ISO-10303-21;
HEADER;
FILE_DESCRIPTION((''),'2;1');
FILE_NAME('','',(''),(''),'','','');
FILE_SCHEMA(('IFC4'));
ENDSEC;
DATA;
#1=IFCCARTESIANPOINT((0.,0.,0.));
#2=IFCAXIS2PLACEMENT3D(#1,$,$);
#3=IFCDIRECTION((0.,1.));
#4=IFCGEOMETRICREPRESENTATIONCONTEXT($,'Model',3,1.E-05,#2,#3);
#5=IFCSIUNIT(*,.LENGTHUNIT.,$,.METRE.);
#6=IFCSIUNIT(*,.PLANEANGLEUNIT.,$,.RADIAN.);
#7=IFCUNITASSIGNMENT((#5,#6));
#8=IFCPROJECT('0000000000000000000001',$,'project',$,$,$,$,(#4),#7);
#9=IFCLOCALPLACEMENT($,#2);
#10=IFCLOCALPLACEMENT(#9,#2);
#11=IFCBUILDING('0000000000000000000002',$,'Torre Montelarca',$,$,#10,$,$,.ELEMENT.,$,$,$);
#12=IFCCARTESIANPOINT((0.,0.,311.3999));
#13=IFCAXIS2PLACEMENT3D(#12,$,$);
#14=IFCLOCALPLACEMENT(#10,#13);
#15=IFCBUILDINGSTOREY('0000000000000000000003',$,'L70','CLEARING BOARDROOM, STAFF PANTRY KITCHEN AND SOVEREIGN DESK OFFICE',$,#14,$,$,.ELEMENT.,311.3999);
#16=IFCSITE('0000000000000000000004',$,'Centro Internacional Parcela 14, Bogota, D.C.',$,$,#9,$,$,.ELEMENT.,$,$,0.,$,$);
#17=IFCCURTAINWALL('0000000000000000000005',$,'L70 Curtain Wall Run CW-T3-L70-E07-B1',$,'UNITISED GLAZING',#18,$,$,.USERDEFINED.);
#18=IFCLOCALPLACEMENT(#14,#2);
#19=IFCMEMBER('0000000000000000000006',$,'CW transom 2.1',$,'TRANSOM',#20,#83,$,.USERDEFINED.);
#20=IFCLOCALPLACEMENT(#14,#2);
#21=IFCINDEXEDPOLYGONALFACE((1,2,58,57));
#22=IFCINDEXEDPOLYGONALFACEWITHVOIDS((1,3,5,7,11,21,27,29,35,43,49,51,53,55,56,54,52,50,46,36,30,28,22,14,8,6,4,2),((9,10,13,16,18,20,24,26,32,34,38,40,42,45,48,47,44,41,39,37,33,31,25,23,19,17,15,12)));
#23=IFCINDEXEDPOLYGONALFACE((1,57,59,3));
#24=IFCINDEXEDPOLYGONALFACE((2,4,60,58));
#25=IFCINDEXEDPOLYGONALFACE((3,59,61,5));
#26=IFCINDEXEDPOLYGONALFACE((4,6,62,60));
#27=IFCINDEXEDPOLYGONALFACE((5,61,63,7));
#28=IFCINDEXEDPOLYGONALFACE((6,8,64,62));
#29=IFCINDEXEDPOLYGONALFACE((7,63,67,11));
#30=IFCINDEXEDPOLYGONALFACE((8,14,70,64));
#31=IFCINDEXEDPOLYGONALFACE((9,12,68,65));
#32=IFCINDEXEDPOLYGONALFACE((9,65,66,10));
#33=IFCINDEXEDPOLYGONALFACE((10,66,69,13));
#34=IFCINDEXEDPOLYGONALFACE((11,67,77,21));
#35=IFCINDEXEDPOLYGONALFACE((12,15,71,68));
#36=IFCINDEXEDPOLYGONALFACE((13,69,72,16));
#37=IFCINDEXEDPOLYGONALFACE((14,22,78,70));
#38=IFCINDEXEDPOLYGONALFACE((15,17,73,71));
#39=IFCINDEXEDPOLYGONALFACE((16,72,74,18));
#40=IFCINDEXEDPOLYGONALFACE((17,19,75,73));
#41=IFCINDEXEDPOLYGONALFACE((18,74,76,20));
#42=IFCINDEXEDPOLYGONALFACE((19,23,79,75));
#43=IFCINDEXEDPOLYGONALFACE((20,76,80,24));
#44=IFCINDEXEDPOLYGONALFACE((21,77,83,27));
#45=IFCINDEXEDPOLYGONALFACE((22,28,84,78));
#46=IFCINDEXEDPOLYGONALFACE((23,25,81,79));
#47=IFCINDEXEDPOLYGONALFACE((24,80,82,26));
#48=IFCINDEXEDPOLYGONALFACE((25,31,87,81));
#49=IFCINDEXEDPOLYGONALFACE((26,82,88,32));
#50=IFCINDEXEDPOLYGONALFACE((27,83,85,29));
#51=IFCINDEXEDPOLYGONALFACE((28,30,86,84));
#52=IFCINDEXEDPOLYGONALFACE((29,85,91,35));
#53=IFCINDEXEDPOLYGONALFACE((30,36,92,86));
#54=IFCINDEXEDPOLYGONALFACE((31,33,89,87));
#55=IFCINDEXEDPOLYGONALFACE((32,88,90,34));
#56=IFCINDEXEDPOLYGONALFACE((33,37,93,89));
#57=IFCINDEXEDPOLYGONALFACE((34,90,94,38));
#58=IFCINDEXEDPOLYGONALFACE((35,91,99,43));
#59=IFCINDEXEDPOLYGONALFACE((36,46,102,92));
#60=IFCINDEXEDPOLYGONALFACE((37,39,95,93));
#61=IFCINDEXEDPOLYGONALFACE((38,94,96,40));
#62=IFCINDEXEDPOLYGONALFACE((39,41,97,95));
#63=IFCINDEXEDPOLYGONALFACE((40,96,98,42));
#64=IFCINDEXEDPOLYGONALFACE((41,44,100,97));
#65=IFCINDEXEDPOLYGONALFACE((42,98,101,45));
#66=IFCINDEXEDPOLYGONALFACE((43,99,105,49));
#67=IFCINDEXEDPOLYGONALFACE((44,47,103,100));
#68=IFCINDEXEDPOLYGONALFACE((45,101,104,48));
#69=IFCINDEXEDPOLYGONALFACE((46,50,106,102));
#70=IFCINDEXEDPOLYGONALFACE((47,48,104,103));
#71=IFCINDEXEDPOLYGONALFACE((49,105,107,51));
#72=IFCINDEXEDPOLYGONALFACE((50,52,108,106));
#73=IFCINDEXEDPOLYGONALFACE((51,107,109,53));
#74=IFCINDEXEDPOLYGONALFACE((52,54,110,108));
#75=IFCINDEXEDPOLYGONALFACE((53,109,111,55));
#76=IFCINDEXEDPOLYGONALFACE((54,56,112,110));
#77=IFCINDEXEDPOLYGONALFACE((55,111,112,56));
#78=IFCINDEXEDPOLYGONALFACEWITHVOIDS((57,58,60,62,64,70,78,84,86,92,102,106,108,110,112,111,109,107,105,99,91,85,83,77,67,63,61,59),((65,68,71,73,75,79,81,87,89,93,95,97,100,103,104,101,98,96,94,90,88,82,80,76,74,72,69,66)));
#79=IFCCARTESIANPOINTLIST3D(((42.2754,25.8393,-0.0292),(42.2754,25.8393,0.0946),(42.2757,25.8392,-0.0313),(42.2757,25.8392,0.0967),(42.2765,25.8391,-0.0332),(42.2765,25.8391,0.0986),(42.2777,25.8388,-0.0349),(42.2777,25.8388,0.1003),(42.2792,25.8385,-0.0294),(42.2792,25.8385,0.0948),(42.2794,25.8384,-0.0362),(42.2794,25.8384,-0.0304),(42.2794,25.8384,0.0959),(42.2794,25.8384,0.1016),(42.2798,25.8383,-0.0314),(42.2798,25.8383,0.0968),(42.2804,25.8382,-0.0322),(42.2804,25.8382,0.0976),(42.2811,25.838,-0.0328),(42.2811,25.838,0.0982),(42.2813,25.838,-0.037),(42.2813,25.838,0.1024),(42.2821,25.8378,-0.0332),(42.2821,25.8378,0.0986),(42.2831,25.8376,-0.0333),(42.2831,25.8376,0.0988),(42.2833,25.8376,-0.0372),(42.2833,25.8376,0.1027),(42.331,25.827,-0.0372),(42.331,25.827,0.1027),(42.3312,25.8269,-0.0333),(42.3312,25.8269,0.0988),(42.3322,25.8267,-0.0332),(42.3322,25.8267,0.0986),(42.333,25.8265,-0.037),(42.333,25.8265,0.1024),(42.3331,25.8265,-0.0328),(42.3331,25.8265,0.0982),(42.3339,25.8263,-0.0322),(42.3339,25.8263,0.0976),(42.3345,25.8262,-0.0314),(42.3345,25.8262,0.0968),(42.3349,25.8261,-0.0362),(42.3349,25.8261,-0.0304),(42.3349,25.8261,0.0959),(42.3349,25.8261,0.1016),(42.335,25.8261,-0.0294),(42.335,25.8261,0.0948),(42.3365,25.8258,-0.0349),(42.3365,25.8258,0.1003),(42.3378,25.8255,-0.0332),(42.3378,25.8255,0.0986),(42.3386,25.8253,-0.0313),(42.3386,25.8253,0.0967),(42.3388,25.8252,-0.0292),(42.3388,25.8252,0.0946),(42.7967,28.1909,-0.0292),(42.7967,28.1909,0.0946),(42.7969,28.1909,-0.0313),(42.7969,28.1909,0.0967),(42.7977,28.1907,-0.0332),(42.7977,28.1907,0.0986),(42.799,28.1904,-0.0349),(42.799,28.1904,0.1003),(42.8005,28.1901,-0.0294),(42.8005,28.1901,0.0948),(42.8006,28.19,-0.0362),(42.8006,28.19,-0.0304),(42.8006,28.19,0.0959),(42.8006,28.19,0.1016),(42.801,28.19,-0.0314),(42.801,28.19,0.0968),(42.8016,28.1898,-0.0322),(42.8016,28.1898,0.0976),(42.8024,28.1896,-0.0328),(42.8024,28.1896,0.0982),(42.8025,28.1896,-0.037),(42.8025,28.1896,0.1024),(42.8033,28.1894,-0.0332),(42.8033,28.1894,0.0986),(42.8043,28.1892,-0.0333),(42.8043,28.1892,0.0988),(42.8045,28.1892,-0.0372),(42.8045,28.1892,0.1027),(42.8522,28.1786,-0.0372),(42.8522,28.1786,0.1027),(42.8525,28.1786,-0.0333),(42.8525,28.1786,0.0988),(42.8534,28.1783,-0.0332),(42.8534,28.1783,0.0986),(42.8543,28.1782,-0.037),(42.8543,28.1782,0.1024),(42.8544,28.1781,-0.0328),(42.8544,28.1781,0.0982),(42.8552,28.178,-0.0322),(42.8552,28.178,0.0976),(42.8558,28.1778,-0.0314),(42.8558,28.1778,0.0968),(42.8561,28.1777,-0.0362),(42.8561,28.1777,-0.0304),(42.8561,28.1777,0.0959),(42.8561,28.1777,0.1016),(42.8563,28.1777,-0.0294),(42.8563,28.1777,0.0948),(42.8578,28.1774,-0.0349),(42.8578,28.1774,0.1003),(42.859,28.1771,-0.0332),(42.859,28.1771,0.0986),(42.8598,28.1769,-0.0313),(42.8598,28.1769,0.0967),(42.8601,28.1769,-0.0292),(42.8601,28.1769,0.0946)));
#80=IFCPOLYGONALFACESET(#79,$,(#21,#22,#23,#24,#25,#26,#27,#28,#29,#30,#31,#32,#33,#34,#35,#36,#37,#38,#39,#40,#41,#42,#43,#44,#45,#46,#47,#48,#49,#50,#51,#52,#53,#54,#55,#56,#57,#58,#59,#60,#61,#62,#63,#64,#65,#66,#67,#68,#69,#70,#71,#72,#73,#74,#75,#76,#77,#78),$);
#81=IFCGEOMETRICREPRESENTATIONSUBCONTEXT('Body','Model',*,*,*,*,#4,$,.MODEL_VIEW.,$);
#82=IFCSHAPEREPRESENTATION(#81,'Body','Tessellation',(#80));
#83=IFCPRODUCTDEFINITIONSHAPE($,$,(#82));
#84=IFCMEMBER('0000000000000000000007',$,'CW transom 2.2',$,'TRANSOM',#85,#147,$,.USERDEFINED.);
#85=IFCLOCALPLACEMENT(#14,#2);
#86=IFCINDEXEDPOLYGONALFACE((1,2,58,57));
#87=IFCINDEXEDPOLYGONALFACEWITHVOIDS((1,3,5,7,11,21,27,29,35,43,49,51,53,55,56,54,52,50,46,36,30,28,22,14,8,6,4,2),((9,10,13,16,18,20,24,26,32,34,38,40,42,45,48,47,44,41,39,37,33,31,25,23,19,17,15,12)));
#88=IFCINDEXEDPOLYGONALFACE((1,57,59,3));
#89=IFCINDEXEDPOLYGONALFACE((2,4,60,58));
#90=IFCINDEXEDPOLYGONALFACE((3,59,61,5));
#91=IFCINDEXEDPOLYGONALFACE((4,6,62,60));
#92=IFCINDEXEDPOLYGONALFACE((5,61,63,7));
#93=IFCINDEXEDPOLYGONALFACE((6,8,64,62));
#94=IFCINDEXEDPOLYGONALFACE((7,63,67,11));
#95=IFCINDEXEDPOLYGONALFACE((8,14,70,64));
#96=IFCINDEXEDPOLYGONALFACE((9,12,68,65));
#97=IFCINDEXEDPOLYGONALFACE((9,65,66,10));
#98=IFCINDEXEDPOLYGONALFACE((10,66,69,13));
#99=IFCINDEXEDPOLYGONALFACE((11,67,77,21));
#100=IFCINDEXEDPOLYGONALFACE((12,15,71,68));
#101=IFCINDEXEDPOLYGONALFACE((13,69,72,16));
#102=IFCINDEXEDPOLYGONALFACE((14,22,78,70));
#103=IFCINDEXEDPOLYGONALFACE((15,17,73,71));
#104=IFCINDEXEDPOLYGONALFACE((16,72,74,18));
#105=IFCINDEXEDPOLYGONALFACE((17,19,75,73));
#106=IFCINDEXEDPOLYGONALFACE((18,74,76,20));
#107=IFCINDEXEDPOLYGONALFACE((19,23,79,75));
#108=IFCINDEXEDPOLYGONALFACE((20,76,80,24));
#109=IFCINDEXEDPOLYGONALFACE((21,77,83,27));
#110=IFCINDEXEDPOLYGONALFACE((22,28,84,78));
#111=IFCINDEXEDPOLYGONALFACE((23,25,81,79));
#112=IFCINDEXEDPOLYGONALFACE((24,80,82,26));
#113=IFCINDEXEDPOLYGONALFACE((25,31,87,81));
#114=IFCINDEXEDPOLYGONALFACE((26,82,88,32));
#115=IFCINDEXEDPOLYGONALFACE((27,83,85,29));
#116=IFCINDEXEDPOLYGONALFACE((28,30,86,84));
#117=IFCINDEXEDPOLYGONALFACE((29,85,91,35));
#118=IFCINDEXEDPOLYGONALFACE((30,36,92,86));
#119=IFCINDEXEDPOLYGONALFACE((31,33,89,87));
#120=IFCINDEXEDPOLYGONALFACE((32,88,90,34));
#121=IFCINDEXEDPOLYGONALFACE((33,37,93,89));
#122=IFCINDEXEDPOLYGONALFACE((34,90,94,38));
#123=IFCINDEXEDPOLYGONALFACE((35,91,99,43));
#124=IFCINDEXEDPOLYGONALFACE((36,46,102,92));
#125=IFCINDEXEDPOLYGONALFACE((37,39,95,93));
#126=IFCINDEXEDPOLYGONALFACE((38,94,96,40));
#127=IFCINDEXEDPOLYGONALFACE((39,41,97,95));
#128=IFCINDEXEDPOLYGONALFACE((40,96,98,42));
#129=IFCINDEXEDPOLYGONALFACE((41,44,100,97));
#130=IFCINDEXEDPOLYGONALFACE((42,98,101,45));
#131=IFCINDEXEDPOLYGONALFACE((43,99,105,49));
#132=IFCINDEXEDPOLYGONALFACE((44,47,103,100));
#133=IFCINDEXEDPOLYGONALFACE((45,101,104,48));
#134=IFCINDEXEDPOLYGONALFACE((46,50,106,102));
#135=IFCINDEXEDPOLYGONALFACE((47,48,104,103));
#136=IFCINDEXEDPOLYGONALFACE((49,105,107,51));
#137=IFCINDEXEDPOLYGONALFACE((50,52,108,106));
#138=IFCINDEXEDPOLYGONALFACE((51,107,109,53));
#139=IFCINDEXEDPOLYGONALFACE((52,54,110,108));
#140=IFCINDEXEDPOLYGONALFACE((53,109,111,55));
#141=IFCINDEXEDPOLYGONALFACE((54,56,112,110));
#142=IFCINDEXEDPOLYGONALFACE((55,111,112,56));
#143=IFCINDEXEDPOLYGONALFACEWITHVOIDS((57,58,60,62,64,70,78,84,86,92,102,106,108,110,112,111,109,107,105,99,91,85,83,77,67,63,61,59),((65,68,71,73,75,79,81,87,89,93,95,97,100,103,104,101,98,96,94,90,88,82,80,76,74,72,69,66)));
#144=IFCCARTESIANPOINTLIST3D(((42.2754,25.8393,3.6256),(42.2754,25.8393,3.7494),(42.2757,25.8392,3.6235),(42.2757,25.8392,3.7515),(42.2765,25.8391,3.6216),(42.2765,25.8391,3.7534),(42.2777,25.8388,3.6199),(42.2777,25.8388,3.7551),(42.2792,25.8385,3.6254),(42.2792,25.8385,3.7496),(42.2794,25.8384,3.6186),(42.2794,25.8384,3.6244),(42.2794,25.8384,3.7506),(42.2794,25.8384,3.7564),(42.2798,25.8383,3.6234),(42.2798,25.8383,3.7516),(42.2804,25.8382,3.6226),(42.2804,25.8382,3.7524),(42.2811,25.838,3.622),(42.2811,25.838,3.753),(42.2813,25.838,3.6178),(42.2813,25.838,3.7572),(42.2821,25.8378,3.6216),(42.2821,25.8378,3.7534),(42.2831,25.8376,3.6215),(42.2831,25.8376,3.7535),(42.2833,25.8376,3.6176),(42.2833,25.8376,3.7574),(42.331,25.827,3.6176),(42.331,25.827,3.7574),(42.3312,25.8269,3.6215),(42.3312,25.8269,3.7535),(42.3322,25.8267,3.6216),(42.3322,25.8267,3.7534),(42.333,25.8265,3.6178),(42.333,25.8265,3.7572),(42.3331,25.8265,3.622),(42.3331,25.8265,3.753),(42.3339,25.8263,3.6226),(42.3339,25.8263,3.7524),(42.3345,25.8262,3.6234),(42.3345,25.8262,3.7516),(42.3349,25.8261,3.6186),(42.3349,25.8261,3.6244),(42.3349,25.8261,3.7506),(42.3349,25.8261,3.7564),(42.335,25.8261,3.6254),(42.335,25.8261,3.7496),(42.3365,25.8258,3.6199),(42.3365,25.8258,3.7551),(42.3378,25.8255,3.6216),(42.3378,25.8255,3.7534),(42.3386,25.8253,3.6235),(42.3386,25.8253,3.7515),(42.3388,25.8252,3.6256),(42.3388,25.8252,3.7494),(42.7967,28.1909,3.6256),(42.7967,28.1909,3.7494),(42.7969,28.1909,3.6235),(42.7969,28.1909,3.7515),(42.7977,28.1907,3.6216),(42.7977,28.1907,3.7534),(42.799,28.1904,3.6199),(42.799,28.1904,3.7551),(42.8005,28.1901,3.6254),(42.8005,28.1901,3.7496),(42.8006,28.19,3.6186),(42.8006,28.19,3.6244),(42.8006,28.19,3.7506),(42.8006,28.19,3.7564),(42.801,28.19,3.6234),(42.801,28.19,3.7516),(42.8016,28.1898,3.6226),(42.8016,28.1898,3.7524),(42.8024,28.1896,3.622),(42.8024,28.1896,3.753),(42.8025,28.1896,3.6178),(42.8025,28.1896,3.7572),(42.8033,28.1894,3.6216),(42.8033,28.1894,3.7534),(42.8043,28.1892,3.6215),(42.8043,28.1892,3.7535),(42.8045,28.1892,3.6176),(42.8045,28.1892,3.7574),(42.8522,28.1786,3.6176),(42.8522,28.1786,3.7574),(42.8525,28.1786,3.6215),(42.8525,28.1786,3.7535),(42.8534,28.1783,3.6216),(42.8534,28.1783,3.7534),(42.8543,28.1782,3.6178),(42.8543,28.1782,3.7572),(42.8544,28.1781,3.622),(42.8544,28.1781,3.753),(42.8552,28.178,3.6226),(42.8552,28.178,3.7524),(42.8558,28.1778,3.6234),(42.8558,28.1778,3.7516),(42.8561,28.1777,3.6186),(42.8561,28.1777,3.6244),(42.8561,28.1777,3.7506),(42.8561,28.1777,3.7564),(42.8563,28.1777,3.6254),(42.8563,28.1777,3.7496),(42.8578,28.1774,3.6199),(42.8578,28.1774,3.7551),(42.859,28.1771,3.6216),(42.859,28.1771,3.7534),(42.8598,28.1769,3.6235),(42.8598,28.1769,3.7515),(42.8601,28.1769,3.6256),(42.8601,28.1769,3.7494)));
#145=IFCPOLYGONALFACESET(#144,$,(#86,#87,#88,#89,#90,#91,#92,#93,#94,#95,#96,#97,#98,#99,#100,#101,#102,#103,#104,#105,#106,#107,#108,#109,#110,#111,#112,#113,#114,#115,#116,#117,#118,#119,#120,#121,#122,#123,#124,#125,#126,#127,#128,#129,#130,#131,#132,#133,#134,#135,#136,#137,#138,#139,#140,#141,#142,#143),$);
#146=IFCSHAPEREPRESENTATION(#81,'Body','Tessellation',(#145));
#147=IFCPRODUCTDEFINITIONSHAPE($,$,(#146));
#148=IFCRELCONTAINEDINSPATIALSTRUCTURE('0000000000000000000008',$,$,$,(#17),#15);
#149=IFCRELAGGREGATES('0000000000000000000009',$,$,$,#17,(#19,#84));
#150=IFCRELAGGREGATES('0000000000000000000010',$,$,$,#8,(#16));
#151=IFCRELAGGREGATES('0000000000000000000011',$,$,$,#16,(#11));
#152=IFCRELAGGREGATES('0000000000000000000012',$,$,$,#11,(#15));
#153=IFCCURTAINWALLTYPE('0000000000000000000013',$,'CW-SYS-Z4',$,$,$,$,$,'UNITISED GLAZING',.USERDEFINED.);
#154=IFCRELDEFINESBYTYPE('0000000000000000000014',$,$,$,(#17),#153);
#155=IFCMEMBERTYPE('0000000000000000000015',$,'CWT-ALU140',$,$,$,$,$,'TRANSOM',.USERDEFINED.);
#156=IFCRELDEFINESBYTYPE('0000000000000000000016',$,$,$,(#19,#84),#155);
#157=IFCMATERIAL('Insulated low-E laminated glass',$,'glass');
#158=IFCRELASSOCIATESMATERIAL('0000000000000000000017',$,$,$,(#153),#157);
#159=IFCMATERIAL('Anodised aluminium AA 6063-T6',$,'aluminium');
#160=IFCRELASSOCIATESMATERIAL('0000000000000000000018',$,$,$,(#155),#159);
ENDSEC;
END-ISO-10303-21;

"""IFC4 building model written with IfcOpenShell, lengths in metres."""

from ifc_helpers import new_model, si_unit, direction, frame, origin, origin_2d, place, context, subcontext, project, spatial, hollow_rectangle, extrude, source, transform, mapped, material, material_profile, profile_set, type_object, element, aggregate, save


model = new_model("IFC4")

# Units and contexts
model_context = context("Model", 3, precision=1e-05, world=origin(), true_north=direction((0.0, 1.0)))
body_context = subcontext(model_context, "Body", "Model", "MODEL_VIEW")
ifc_project = project(units=[si_unit("LENGTHUNIT", "METRE"), si_unit("PLANEANGLEUNIT", "RADIAN")], contexts=[model_context])

# Site, building, storey
site_placement = place(None, origin())
site = spatial("IfcSite", under=ifc_project, at=site_placement, Name="Centro Internacional Parcela 14, Bogota, D.C.", CompositionType="ELEMENT", RefElevation=0.0)
building_placement = place(site_placement, origin())
building = spatial("IfcBuilding", under=site, at=building_placement, Name="Torre Montelarca", CompositionType="ELEMENT")
storey_placement = place(building_placement, frame((0.0, 0.0, 311.3999)))
storey = spatial("IfcBuildingStorey", under=building, at=storey_placement, Name="L70", Description="CLEARING BOARDROOM, STAFF PANTRY KITCHEN AND SOVEREIGN DESK OFFICE", CompositionType="ELEMENT", Elevation=311.3999)

# Curtain wall
ifc_material_1 = material(Name="Insulated low-E laminated glass", Category="glass")
curtain_wall_type = type_object("IfcCurtainWallType", Name="CW-SYS-Z4", ElementType="UNITISED GLAZING", PredefinedType="USERDEFINED", material=ifc_material_1)
ifc_material_2 = material(Name="Anodised aluminium AA 6063-T6", Category="aluminium")
curtain_wall_1_placement = place(storey_placement, origin())
curtain_wall_1 = element("IfcCurtainWall", 1, at=curtain_wall_1_placement, inside=storey, type_object=curtain_wall_type, Name="L70 Curtain Wall Run CW-T3-L70-E07-B1", ObjectType="UNITISED GLAZING", PredefinedType="USERDEFINED")

# Members
ifc_material_profile_1 = material_profile(ifc_material_2, hollow_rectangle(XDim=0.0649, YDim=0.1399, WallThickness=0.0039, InnerFilletRadius=0.0039, OuterFilletRadius=0.0081, at=origin_2d()), Name="ALU65X140X4", Category="aluminium")
ifc_profile_set_1 = profile_set([ifc_material_profile_1], Name="Anodised aluminium AA 6063-T6")
member_type_1 = type_object("IfcMemberType", Name="CWT-ALU140", ElementType="TRANSOM", PredefinedType="USERDEFINED", material=ifc_profile_set_1)
shared_shape_1 = source(origin(), body_context, "Body", "SweptSolid", [
    extrude(hollow_rectangle(XDim=0.0649, YDim=0.1399, WallThickness=0.0039, InnerFilletRadius=0.0039, OuterFilletRadius=0.0081, at=origin_2d()), origin(), (0.0, 0.0, 1.0), 2.4087),
])
member_1_placement = place(storey_placement, frame((42.3071, 25.8323, 0.0327), z_axis=(0.216405, 0.976304, 0.0), x_axis=(-0.976304, 0.216405, 0.0)))
member_1 = element("IfcMember", 2, at=member_1_placement, type_object=member_type_1, Name="CW transom 2.1", ObjectType="TRANSOM", PredefinedType="USERDEFINED", context=body_context, shape_type="MappedRepresentation", body=[
    mapped(shared_shape_1, transform((0.0, 0.0, 0.0), scale=1.0)),
])
member_2_placement = place(storey_placement, frame((42.3071, 25.8323, 3.6875), z_axis=(0.216405, 0.976304, 0.0), x_axis=(-0.976304, 0.216405, 0.0)))
member_2 = element("IfcMember", 3, at=member_2_placement, type_object=member_type_1, Name="CW transom 2.2", ObjectType="TRANSOM", PredefinedType="USERDEFINED", context=body_context, shape_type="MappedRepresentation", body=[
    mapped(shared_shape_1, transform((0.0, 0.0, 0.0), scale=1.0)),
])

aggregate(curtain_wall_1, [member_1, member_2])

save(model, "model.ifc")
